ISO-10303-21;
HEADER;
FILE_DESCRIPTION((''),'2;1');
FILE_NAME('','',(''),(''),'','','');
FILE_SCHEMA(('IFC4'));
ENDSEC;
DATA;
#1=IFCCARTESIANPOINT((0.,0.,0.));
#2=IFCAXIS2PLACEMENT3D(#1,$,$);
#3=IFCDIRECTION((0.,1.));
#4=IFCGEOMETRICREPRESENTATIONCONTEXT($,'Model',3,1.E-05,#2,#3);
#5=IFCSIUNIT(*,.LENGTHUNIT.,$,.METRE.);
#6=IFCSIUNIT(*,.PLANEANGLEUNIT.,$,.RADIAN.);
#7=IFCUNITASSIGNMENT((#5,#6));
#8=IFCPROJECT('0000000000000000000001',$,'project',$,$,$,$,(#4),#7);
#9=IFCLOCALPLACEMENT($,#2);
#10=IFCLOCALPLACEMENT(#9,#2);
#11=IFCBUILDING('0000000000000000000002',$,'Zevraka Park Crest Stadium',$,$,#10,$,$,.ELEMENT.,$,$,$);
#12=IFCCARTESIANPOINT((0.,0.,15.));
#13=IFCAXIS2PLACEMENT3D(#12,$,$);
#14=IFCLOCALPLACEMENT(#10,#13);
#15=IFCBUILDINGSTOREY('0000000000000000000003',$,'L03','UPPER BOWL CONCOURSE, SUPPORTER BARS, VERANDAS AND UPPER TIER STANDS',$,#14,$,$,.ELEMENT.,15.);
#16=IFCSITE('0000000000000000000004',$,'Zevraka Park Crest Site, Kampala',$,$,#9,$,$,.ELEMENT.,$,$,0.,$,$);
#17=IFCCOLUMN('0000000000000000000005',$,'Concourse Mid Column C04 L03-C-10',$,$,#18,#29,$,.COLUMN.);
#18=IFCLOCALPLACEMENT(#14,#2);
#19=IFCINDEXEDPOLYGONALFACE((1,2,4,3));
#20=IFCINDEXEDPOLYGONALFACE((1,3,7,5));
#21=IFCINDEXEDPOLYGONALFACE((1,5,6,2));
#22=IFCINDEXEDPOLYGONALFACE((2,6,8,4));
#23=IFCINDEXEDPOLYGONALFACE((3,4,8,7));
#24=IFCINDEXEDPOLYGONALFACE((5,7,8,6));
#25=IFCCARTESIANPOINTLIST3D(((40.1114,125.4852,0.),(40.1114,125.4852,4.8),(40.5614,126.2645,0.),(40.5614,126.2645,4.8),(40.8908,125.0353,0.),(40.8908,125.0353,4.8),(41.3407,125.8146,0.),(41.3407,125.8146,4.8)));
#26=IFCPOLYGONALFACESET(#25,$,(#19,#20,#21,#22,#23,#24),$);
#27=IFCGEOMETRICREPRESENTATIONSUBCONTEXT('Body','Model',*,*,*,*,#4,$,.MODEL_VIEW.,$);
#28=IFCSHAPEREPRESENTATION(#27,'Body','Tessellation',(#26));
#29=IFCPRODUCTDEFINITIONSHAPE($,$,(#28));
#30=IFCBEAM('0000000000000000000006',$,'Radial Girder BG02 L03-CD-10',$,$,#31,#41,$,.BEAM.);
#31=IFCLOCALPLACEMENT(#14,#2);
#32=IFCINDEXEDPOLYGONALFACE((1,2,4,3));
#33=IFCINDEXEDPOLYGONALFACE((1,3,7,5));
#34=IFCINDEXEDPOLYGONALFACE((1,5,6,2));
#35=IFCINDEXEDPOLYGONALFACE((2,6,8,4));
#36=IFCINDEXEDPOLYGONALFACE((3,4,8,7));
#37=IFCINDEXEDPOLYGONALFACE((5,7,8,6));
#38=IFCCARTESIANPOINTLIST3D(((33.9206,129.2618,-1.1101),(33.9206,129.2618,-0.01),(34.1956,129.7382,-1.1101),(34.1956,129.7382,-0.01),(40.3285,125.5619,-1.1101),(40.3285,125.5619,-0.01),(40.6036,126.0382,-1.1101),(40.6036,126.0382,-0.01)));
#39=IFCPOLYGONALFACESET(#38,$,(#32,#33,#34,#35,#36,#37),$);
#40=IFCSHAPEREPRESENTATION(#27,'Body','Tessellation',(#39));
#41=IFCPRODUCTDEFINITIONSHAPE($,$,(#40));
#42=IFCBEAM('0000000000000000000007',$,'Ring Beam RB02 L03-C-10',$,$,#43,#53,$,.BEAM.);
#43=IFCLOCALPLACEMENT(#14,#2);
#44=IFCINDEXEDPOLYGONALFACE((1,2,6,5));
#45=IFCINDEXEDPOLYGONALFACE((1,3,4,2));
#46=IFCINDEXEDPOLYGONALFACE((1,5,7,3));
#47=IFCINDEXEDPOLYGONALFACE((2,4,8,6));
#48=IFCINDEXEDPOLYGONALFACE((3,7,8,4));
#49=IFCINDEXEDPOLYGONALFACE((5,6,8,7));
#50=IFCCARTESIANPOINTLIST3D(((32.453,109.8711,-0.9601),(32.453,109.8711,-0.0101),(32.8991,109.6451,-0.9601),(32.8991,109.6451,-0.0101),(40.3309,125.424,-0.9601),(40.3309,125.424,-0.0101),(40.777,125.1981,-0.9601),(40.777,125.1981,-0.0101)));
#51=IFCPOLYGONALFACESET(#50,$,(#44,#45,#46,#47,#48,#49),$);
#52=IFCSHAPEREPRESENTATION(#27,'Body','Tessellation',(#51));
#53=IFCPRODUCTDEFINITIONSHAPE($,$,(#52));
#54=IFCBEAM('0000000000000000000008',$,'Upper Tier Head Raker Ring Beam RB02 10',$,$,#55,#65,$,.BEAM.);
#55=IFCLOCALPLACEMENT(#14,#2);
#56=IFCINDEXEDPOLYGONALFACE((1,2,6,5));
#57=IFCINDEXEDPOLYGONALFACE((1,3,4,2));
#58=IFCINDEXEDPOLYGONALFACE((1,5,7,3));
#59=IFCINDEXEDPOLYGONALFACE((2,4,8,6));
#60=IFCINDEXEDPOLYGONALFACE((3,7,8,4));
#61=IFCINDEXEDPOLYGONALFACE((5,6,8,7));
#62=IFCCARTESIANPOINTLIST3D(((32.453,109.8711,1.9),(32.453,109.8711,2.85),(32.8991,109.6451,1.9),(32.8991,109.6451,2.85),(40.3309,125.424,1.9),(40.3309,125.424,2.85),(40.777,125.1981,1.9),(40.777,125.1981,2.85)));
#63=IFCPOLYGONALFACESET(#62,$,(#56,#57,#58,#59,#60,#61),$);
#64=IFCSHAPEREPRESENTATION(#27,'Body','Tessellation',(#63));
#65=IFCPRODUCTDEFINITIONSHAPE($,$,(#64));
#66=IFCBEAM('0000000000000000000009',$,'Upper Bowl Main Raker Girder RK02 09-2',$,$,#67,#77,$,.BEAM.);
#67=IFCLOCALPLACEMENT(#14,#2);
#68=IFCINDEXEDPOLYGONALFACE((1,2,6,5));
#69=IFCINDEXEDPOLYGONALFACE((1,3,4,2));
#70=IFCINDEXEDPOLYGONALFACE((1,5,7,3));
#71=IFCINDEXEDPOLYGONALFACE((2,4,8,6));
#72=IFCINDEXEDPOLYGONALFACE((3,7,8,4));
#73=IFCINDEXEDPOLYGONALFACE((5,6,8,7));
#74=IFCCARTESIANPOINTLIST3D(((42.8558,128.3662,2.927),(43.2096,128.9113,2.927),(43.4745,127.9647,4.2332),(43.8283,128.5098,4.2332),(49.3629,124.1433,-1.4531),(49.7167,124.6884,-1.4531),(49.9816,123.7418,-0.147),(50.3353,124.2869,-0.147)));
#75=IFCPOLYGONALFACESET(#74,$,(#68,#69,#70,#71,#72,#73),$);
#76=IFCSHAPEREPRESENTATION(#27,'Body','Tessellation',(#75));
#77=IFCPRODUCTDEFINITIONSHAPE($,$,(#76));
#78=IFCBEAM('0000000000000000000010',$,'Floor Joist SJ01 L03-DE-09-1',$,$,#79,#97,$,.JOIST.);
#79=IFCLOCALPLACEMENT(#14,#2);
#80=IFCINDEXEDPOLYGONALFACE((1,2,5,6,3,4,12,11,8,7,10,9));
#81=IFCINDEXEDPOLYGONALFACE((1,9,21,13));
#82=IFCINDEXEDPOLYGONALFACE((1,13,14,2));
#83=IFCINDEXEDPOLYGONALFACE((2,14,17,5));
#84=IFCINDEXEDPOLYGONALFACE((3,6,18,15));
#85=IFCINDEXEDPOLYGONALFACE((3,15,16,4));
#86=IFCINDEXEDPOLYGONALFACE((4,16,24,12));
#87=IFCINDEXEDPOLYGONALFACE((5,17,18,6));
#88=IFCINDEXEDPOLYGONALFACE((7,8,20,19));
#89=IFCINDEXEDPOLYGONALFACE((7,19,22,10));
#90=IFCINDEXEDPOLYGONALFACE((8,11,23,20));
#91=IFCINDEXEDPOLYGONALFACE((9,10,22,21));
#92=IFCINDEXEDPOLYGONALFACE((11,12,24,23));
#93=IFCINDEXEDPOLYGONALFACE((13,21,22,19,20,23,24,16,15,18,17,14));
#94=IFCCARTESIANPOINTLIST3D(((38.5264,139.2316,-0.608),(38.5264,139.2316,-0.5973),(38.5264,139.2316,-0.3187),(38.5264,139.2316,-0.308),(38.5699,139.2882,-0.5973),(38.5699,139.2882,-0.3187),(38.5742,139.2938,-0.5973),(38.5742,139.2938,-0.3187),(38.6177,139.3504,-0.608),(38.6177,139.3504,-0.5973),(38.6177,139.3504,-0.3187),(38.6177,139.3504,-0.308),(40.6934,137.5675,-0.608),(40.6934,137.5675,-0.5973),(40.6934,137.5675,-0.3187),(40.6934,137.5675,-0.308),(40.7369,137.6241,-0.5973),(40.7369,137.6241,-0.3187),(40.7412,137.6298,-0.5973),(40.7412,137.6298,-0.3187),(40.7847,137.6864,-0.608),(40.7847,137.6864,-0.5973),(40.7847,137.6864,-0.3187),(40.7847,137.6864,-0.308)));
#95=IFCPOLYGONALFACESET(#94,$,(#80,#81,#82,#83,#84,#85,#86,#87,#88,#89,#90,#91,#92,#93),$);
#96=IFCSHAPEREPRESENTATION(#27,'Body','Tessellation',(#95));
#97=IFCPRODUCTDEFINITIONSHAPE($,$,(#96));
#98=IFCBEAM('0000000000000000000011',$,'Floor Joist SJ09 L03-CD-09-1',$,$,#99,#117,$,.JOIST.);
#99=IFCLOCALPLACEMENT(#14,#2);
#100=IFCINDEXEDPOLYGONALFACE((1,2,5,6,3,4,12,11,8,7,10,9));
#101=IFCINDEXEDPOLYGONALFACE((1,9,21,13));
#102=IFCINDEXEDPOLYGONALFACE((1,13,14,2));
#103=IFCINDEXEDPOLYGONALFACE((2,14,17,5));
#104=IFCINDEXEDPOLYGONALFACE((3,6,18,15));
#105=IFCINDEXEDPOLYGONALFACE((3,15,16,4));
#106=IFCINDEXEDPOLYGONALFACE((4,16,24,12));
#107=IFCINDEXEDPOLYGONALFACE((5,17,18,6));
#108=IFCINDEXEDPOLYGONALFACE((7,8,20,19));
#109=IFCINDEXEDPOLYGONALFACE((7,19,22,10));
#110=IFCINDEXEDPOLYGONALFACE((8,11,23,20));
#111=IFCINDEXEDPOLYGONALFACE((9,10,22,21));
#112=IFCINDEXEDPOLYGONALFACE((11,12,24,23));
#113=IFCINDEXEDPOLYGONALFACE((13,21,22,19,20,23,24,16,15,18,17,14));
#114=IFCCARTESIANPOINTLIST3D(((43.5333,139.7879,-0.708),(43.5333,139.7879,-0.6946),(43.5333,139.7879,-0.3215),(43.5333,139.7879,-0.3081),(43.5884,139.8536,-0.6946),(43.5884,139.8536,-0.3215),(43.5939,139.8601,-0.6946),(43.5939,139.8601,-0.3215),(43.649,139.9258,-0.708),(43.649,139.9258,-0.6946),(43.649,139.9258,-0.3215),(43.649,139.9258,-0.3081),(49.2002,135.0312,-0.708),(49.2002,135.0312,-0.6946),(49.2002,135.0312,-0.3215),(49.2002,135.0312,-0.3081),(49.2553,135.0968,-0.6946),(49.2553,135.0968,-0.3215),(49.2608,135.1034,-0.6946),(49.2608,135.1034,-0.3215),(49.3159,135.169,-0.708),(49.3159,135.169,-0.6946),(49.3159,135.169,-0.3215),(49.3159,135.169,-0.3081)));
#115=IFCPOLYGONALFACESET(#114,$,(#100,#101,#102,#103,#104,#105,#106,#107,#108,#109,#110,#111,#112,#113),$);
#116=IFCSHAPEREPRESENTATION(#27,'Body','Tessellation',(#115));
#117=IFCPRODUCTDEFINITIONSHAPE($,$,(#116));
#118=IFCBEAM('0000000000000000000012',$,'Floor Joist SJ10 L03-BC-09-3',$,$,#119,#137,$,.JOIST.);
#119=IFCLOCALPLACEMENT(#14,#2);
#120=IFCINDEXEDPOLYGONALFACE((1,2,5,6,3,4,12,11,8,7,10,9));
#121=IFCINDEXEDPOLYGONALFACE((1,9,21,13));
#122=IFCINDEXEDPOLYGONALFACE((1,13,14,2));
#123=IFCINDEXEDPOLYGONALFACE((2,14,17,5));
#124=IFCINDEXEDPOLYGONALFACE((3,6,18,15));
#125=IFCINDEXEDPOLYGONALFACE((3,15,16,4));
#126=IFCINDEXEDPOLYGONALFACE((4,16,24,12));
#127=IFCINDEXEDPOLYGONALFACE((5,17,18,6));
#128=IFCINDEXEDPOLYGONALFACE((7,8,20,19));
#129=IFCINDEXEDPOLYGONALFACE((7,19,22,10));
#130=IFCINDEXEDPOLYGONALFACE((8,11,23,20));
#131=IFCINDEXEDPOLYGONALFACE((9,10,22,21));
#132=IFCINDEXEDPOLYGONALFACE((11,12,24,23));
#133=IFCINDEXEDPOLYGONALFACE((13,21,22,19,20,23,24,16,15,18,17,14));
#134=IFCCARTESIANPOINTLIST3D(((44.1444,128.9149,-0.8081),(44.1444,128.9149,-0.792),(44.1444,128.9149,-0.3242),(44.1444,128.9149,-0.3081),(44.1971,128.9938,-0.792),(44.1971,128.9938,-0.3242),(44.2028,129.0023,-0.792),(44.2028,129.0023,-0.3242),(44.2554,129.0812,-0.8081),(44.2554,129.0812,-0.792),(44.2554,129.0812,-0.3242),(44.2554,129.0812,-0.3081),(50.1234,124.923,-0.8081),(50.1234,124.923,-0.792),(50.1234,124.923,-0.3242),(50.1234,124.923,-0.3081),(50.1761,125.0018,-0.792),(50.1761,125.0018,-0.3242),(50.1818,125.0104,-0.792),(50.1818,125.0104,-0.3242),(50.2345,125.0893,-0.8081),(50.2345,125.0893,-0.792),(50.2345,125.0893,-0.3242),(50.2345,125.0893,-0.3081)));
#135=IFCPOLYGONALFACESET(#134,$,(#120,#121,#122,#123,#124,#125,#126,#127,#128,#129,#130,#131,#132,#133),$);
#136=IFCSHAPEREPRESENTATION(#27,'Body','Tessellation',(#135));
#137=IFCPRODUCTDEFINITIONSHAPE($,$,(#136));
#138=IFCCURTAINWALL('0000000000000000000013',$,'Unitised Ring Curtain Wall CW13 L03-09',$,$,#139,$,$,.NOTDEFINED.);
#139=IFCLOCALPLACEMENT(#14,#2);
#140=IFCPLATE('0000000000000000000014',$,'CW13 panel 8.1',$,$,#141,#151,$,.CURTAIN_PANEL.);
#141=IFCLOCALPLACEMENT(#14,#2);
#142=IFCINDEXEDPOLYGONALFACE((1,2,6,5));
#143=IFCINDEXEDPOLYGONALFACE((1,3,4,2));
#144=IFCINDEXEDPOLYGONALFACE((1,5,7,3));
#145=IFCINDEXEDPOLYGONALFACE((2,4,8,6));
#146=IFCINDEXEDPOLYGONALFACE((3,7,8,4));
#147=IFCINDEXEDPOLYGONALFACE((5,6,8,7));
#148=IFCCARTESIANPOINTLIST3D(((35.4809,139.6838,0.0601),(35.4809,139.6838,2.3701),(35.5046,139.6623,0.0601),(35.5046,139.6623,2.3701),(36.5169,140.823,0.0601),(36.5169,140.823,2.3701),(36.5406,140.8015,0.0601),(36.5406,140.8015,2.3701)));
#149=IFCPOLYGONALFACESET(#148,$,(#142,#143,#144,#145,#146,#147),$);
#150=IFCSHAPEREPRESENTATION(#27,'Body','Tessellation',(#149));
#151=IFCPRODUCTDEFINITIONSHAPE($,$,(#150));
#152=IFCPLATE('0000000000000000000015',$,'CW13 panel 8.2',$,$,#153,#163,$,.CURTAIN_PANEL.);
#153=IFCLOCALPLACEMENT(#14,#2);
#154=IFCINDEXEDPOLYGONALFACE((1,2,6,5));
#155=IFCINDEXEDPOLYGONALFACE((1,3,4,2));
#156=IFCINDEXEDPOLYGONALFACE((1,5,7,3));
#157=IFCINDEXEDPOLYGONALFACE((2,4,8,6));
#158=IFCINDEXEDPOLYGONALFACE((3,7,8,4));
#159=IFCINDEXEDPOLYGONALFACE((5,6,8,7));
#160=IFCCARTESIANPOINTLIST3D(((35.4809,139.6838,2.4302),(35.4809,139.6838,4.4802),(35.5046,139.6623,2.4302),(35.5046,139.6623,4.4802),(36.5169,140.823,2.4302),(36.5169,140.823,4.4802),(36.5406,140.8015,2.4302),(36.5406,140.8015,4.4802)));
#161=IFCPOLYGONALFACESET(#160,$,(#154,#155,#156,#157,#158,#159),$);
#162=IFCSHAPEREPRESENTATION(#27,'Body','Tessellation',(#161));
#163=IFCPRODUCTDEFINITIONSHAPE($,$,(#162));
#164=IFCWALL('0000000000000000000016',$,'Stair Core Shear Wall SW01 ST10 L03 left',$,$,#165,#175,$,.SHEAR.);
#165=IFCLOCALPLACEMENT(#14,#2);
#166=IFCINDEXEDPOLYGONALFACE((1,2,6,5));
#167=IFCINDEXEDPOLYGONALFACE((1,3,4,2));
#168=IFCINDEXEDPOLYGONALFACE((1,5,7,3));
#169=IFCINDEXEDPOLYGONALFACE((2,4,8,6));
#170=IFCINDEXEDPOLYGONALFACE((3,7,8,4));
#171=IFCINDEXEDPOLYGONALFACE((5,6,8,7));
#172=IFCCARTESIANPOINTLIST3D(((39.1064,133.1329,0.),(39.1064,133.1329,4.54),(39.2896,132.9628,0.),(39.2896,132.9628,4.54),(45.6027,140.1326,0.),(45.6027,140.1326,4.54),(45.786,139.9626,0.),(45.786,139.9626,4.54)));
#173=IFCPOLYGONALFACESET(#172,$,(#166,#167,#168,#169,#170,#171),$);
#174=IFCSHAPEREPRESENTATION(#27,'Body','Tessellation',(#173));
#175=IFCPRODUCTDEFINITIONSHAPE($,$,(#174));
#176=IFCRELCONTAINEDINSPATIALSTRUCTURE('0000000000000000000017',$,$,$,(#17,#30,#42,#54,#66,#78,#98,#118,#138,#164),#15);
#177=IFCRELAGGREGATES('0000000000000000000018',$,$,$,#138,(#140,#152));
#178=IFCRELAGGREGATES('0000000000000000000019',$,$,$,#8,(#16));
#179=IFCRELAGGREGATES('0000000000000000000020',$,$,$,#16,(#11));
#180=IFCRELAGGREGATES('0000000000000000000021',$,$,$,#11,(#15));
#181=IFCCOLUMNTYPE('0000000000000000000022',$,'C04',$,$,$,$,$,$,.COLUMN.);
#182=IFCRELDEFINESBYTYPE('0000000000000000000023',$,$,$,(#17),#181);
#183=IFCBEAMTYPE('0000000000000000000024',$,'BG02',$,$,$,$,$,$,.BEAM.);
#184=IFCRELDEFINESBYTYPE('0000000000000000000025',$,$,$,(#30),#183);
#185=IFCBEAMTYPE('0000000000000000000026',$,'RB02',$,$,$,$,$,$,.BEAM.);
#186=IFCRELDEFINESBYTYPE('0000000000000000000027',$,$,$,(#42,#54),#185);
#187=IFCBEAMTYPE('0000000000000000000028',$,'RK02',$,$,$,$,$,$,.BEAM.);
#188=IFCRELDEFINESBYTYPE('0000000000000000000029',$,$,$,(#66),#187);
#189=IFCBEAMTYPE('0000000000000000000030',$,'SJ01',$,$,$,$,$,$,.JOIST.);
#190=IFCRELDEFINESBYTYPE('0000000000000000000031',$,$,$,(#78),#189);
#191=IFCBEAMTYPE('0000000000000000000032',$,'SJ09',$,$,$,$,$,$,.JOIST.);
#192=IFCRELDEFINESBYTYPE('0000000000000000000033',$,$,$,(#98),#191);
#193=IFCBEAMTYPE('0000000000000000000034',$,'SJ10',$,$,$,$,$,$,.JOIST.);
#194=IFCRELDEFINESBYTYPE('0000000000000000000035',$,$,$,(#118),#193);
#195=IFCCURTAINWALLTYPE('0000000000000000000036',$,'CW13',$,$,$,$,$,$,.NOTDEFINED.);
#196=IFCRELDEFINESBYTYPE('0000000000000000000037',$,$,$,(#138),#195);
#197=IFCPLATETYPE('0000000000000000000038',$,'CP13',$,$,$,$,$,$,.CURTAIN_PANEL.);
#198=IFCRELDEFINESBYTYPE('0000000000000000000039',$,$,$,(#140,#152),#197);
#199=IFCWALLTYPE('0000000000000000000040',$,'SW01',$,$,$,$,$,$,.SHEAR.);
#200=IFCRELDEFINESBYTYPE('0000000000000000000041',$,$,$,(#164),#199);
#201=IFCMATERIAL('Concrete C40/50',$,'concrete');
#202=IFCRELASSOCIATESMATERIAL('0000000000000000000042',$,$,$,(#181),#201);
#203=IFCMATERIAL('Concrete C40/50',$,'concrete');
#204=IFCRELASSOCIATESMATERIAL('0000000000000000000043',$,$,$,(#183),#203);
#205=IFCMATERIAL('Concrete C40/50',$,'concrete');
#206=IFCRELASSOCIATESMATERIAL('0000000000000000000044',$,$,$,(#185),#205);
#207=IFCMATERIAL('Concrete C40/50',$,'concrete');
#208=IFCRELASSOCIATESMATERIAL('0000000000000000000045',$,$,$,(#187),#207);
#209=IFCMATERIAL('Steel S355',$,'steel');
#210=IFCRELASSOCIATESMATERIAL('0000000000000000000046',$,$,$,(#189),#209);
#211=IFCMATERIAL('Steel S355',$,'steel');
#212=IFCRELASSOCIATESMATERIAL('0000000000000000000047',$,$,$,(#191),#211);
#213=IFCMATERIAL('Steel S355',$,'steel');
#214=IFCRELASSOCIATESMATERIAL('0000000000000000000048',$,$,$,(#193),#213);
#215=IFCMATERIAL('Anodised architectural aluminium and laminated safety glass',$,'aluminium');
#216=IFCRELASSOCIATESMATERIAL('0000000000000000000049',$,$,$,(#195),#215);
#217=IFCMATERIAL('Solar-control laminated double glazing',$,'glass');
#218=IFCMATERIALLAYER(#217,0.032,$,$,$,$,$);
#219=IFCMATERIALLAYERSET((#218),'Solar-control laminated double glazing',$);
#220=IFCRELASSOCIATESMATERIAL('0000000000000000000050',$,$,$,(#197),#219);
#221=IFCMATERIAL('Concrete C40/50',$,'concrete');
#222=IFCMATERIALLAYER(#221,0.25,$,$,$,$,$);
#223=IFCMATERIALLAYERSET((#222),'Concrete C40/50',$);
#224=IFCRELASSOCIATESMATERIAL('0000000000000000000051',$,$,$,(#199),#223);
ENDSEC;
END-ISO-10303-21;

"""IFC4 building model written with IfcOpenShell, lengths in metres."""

from ifc_helpers import new_model, si_unit, direction, frame, frame_2d, origin, origin_2d, place, context, subcontext, project, spatial, rectangle, i_section, extrude, material, layer, layer_set, material_profile, profile_set, type_object, element, aggregate, save


model = new_model("IFC4")

# Units and contexts
model_context = context("Model", 3, precision=1e-05, world=origin(), true_north=direction((0.0, 1.0)))
body_context = subcontext(model_context, "Body", "Model", "MODEL_VIEW")
ifc_project = project(units=[si_unit("LENGTHUNIT", "METRE"), si_unit("PLANEANGLEUNIT", "RADIAN")], contexts=[model_context])

# Site, building, storey
site_placement = place(None, origin())
site = spatial("IfcSite", under=ifc_project, at=site_placement, Name="Zevraka Park Crest Site, Kampala", CompositionType="ELEMENT", RefElevation=0.0)
building_placement = place(site_placement, origin())
building = spatial("IfcBuilding", under=site, at=building_placement, Name="Zevraka Park Crest Stadium", CompositionType="ELEMENT")
storey_placement = place(building_placement, frame((0.0, 0.0, 15.0)))
storey = spatial("IfcBuildingStorey", under=building, at=storey_placement, Name="L03", Description="UPPER BOWL CONCOURSE, SUPPORTER BARS, VERANDAS AND UPPER TIER STANDS", CompositionType="ELEMENT", Elevation=15.0)

# Column
ifc_material_1 = material(Name="Concrete C40/50", Category="concrete")
ifc_material_profile_1 = material_profile(ifc_material_1, rectangle(XDim=0.8999, YDim=0.8999, at=origin_2d()), Name="RC 900x900")
ifc_profile_set_1 = profile_set([ifc_material_profile_1], Name="Concrete C40/50")
column_type = type_object("IfcColumnType", Name="C04", PredefinedType="COLUMN", material=ifc_profile_set_1)
column_placement = place(storey_placement, frame((40.7261, 125.6499, 0.0), z_axis=(0.0, 0.0, 1.0), x_axis=(-0.866025, 0.5, 0.0)))
element("IfcColumn", 1, at=column_placement, inside=storey, type_object=column_type, Name="Concourse Mid Column C04 L03-C-10", PredefinedType="COLUMN", context=body_context, shape_type="SweptSolid", body=[
    extrude(rectangle(XDim=0.8999, YDim=0.8999, at=origin_2d()), origin(), (0.0, 0.0, 1.0), 4.8),
])

# Beams
ifc_material_2 = material(Name="Concrete C40/50", Category="concrete")
ifc_material_profile_2 = material_profile(ifc_material_2, rectangle(XDim=0.55, YDim=1.1001, at=origin_2d()), Name="RC 1100x550")
ifc_profile_set_2 = profile_set([ifc_material_profile_2], Name="Concrete C40/50")
beam_type_1 = type_object("IfcBeamType", Name="BG02", PredefinedType="BEAM", material=ifc_profile_set_2)
beam_1_placement = place(storey_placement, frame((40.4661, 125.8, -0.5601), z_axis=(-0.866007, 0.500032, 0.0), x_axis=(-0.500032, -0.866007, 0.0)))
element("IfcBeam", 2, at=beam_1_placement, inside=storey, type_object=beam_type_1, Name="Radial Girder BG02 L03-CD-10", PredefinedType="BEAM", context=body_context, shape_type="SweptSolid", body=[
    extrude(rectangle(XDim=0.55, YDim=1.1001, at=origin_2d()), origin(), (0.0, 0.0, 1.0), 7.3994),
])
ifc_material_3 = material(Name="Concrete C40/50", Category="concrete")
ifc_material_profile_3 = material_profile(ifc_material_3, rectangle(XDim=0.5, YDim=0.95, at=origin_2d()), Name="RC 950x500")
ifc_profile_set_3 = profile_set([ifc_material_profile_3], Name="Concrete C40/50")
beam_type_2 = type_object("IfcBeamType", Name="RB02", PredefinedType="BEAM", material=ifc_profile_set_3)
for number, where, z_axis, x_axis, name in (
    (3, (40.554, 125.311, -0.4851), (-0.451862, -0.892088, 0.0), (0.892088, -0.451862, 0.0), "Ring Beam RB02 L03-C-10"),
    (4, (40.554, 125.311, 2.375), (-0.451862, -0.892088, 0.0), (0.892088, -0.451862, 0.0), "Upper Tier Head Raker Ring Beam RB02 10"),
):
    element("IfcBeam", number, at=place(storey_placement, frame(where, z_axis=z_axis, x_axis=x_axis)), inside=storey, type_object=beam_type_2, Name=name, PredefinedType="BEAM", context=body_context, shape_type="SweptSolid", body=[
        extrude(rectangle(XDim=0.5, YDim=0.95, at=origin_2d()), origin(), (0.0, 0.0, 1.0), 17.4343),
    ])
ifc_material_4 = material(Name="Concrete C40/50", Category="concrete")
ifc_material_profile_4 = material_profile(ifc_material_4, rectangle(XDim=0.6499, YDim=1.5, at=origin_2d()), Name="RC 1500x650")
ifc_profile_set_4 = profile_set([ifc_material_profile_4], Name="Concrete C40/50")
beam_type_3 = type_object("IfcBeamType", Name="RK02", PredefinedType="BEAM", material=ifc_profile_set_4)
beam_2_placement = place(storey_placement, frame((49.8491, 124.2151, -0.8), z_axis=(-0.730439, 0.474033, 0.491682), x_axis=(-0.544381, -0.838838, 0.0)))
element("IfcBeam", 5, at=beam_2_placement, inside=storey, type_object=beam_type_3, Name="Upper Bowl Main Raker Girder RK02 09-2", PredefinedType="BEAM", context=body_context, shape_type="SweptSolid", body=[
    extrude(rectangle(XDim=0.6499, YDim=1.5, at=origin_2d()), origin(), (0.0, 0.0, 1.0), 8.9084),
])
ifc_material_5 = material(Name="Steel S355", Category="steel")
ifc_material_profile_5 = material_profile(ifc_material_5, i_section(OverallWidth=0.1499, OverallDepth=0.3, WebThickness=0.0071, FlangeThickness=0.0107, at=origin_2d()), Name="IPE 300")
ifc_profile_set_5 = profile_set([ifc_material_profile_5], Name="Steel S355")
beam_type_4 = type_object("IfcBeamType", Name="SJ01", PredefinedType="JOIST", material=ifc_profile_set_5)
beam_3_placement = place(storey_placement, frame((40.739, 137.627, -0.458), z_axis=(-0.793129, 0.609054, 0.0), x_axis=(-0.609054, -0.793129, 0.0)))
element("IfcBeam", 6, at=beam_3_placement, inside=storey, type_object=beam_type_4, Name="Floor Joist SJ01 L03-DE-09-1", PredefinedType="JOIST", context=body_context, shape_type="SweptSolid", body=[
    extrude(i_section(OverallWidth=0.1499, OverallDepth=0.3, WebThickness=0.0071, FlangeThickness=0.0107, at=origin_2d()), origin(), (0.0, 0.0, 1.0), 2.7322),
])
ifc_material_6 = material(Name="Steel S355", Category="steel")
ifc_material_profile_6 = material_profile(ifc_material_6, i_section(OverallWidth=0.1799, OverallDepth=0.3999, WebThickness=0.0085, FlangeThickness=0.0134, at=origin_2d()), Name="IPE 400")
ifc_profile_set_6 = profile_set([ifc_material_profile_6], Name="Steel S355")
beam_type_5 = type_object("IfcBeamType", Name="SJ09", PredefinedType="JOIST", material=ifc_profile_set_6)
beam_4_placement = place(storey_placement, frame((49.2581, 135.1001, -0.5081), z_axis=(-0.765934, 0.64292, 0.0), x_axis=(-0.64292, -0.765934, 0.0)))
element("IfcBeam", 7, at=beam_4_placement, inside=storey, type_object=beam_type_5, Name="Floor Joist SJ09 L03-CD-09-1", PredefinedType="JOIST", context=body_context, shape_type="SweptSolid", body=[
    extrude(i_section(OverallWidth=0.1799, OverallDepth=0.3999, WebThickness=0.0085, FlangeThickness=0.0134, at=origin_2d()), origin(), (0.0, 0.0, 1.0), 7.3987),
])
ifc_material_7 = material(Name="Steel S355", Category="steel")
ifc_material_profile_7 = material_profile(ifc_material_7, i_section(OverallWidth=0.2, OverallDepth=0.5, WebThickness=0.0103, FlangeThickness=0.0161, at=origin_2d()), Name="IPE 500")
ifc_profile_set_7 = profile_set([ifc_material_profile_7], Name="Steel S355")
beam_type_6 = type_object("IfcBeamType", Name="SJ10", PredefinedType="JOIST", material=ifc_profile_set_7)
beam_5_placement = place(storey_placement, frame((50.179, 125.0061, -0.5581), z_axis=(-0.831669, 0.555272, 0.0), x_axis=(-0.555272, -0.831669, 0.0)))
element("IfcBeam", 8, at=beam_5_placement, inside=storey, type_object=beam_type_6, Name="Floor Joist SJ10 L03-BC-09-3", PredefinedType="JOIST", context=body_context, shape_type="SweptSolid", body=[
    extrude(i_section(OverallWidth=0.2, OverallDepth=0.5, WebThickness=0.0103, FlangeThickness=0.0161, at=origin_2d()), origin(), (0.0, 0.0, 1.0), 7.1892),
])

# Curtain wall, plates
ifc_material_8 = material(Name="Anodised architectural aluminium and laminated safety glass", Category="aluminium")
curtain_wall_type = type_object("IfcCurtainWallType", Name="CW13", PredefinedType="NOTDEFINED", material=ifc_material_8)
curtain_wall_placement = place(storey_placement, origin())
curtain_wall = element("IfcCurtainWall", 9, at=curtain_wall_placement, inside=storey, type_object=curtain_wall_type, Name="Unitised Ring Curtain Wall CW13 L03-09", PredefinedType="NOTDEFINED")
ifc_material_9 = material(Name="Solar-control laminated double glazing", Category="glass")
ifc_layer_1 = layer(ifc_material_9, 0.032)
ifc_layer_set_1 = layer_set([ifc_layer_1], Name="Solar-control laminated double glazing")
plate_type = type_object("IfcPlateType", Name="CP13", PredefinedType="CURTAIN_PANEL", material=ifc_layer_set_1)
plate_1_placement = place(storey_placement, frame((36.0107, 140.2427, 0.0601), z_axis=(0.0, 0.0, 1.0), x_axis=(-0.672802, -0.739823, 0.0)))
plate_1 = element("IfcPlate", 10, at=plate_1_placement, type_object=plate_type, Name="CW13 panel 8.1", PredefinedType="CURTAIN_PANEL", context=body_context, shape_type="SweptSolid", body=[
    extrude(rectangle(XDim=1.5398, YDim=0.032, at=origin_2d()), origin(), (0.0, 0.0, 1.0), 2.3101),
])
plate_2_placement = place(storey_placement, frame((36.0107, 140.2427, 2.4302), z_axis=(0.0, 0.0, 1.0), x_axis=(-0.672802, -0.739823, 0.0)))
plate_2 = element("IfcPlate", 11, at=plate_2_placement, type_object=plate_type, Name="CW13 panel 8.2", PredefinedType="CURTAIN_PANEL", context=body_context, shape_type="SweptSolid", body=[
    extrude(rectangle(XDim=1.5398, YDim=0.032, at=origin_2d()), origin(), (0.0, 0.0, 1.0), 2.05),
])
aggregate(curtain_wall, [plate_1, plate_2])

# Wall
ifc_material_10 = material(Name="Concrete C40/50", Category="concrete")
ifc_layer_2 = layer(ifc_material_10, 0.25)
ifc_layer_set_2 = layer_set([ifc_layer_2], Name="Concrete C40/50")
wall_type = type_object("IfcWallType", Name="SW01", PredefinedType="SHEAR", material=ifc_layer_set_2)
wall_1_placement = place(storey_placement, frame((45.6943, 140.0476, 0.0), z_axis=(0.0, 0.0, 1.0), x_axis=(-0.680258, -0.732973, 0.0)))
element("IfcWall", 12, at=wall_1_placement, inside=storey, type_object=wall_type, Name="Stair Core Shear Wall SW01 ST10 L03 left", PredefinedType="SHEAR", context=body_context, shape_type="SweptSolid", body=[
    extrude(rectangle(XDim=9.5498, YDim=0.25, at=frame_2d((4.7749, 0.0))), origin(), (0.0, 0.0, 1.0), 4.54),
])

save(model, "model.ifc")
